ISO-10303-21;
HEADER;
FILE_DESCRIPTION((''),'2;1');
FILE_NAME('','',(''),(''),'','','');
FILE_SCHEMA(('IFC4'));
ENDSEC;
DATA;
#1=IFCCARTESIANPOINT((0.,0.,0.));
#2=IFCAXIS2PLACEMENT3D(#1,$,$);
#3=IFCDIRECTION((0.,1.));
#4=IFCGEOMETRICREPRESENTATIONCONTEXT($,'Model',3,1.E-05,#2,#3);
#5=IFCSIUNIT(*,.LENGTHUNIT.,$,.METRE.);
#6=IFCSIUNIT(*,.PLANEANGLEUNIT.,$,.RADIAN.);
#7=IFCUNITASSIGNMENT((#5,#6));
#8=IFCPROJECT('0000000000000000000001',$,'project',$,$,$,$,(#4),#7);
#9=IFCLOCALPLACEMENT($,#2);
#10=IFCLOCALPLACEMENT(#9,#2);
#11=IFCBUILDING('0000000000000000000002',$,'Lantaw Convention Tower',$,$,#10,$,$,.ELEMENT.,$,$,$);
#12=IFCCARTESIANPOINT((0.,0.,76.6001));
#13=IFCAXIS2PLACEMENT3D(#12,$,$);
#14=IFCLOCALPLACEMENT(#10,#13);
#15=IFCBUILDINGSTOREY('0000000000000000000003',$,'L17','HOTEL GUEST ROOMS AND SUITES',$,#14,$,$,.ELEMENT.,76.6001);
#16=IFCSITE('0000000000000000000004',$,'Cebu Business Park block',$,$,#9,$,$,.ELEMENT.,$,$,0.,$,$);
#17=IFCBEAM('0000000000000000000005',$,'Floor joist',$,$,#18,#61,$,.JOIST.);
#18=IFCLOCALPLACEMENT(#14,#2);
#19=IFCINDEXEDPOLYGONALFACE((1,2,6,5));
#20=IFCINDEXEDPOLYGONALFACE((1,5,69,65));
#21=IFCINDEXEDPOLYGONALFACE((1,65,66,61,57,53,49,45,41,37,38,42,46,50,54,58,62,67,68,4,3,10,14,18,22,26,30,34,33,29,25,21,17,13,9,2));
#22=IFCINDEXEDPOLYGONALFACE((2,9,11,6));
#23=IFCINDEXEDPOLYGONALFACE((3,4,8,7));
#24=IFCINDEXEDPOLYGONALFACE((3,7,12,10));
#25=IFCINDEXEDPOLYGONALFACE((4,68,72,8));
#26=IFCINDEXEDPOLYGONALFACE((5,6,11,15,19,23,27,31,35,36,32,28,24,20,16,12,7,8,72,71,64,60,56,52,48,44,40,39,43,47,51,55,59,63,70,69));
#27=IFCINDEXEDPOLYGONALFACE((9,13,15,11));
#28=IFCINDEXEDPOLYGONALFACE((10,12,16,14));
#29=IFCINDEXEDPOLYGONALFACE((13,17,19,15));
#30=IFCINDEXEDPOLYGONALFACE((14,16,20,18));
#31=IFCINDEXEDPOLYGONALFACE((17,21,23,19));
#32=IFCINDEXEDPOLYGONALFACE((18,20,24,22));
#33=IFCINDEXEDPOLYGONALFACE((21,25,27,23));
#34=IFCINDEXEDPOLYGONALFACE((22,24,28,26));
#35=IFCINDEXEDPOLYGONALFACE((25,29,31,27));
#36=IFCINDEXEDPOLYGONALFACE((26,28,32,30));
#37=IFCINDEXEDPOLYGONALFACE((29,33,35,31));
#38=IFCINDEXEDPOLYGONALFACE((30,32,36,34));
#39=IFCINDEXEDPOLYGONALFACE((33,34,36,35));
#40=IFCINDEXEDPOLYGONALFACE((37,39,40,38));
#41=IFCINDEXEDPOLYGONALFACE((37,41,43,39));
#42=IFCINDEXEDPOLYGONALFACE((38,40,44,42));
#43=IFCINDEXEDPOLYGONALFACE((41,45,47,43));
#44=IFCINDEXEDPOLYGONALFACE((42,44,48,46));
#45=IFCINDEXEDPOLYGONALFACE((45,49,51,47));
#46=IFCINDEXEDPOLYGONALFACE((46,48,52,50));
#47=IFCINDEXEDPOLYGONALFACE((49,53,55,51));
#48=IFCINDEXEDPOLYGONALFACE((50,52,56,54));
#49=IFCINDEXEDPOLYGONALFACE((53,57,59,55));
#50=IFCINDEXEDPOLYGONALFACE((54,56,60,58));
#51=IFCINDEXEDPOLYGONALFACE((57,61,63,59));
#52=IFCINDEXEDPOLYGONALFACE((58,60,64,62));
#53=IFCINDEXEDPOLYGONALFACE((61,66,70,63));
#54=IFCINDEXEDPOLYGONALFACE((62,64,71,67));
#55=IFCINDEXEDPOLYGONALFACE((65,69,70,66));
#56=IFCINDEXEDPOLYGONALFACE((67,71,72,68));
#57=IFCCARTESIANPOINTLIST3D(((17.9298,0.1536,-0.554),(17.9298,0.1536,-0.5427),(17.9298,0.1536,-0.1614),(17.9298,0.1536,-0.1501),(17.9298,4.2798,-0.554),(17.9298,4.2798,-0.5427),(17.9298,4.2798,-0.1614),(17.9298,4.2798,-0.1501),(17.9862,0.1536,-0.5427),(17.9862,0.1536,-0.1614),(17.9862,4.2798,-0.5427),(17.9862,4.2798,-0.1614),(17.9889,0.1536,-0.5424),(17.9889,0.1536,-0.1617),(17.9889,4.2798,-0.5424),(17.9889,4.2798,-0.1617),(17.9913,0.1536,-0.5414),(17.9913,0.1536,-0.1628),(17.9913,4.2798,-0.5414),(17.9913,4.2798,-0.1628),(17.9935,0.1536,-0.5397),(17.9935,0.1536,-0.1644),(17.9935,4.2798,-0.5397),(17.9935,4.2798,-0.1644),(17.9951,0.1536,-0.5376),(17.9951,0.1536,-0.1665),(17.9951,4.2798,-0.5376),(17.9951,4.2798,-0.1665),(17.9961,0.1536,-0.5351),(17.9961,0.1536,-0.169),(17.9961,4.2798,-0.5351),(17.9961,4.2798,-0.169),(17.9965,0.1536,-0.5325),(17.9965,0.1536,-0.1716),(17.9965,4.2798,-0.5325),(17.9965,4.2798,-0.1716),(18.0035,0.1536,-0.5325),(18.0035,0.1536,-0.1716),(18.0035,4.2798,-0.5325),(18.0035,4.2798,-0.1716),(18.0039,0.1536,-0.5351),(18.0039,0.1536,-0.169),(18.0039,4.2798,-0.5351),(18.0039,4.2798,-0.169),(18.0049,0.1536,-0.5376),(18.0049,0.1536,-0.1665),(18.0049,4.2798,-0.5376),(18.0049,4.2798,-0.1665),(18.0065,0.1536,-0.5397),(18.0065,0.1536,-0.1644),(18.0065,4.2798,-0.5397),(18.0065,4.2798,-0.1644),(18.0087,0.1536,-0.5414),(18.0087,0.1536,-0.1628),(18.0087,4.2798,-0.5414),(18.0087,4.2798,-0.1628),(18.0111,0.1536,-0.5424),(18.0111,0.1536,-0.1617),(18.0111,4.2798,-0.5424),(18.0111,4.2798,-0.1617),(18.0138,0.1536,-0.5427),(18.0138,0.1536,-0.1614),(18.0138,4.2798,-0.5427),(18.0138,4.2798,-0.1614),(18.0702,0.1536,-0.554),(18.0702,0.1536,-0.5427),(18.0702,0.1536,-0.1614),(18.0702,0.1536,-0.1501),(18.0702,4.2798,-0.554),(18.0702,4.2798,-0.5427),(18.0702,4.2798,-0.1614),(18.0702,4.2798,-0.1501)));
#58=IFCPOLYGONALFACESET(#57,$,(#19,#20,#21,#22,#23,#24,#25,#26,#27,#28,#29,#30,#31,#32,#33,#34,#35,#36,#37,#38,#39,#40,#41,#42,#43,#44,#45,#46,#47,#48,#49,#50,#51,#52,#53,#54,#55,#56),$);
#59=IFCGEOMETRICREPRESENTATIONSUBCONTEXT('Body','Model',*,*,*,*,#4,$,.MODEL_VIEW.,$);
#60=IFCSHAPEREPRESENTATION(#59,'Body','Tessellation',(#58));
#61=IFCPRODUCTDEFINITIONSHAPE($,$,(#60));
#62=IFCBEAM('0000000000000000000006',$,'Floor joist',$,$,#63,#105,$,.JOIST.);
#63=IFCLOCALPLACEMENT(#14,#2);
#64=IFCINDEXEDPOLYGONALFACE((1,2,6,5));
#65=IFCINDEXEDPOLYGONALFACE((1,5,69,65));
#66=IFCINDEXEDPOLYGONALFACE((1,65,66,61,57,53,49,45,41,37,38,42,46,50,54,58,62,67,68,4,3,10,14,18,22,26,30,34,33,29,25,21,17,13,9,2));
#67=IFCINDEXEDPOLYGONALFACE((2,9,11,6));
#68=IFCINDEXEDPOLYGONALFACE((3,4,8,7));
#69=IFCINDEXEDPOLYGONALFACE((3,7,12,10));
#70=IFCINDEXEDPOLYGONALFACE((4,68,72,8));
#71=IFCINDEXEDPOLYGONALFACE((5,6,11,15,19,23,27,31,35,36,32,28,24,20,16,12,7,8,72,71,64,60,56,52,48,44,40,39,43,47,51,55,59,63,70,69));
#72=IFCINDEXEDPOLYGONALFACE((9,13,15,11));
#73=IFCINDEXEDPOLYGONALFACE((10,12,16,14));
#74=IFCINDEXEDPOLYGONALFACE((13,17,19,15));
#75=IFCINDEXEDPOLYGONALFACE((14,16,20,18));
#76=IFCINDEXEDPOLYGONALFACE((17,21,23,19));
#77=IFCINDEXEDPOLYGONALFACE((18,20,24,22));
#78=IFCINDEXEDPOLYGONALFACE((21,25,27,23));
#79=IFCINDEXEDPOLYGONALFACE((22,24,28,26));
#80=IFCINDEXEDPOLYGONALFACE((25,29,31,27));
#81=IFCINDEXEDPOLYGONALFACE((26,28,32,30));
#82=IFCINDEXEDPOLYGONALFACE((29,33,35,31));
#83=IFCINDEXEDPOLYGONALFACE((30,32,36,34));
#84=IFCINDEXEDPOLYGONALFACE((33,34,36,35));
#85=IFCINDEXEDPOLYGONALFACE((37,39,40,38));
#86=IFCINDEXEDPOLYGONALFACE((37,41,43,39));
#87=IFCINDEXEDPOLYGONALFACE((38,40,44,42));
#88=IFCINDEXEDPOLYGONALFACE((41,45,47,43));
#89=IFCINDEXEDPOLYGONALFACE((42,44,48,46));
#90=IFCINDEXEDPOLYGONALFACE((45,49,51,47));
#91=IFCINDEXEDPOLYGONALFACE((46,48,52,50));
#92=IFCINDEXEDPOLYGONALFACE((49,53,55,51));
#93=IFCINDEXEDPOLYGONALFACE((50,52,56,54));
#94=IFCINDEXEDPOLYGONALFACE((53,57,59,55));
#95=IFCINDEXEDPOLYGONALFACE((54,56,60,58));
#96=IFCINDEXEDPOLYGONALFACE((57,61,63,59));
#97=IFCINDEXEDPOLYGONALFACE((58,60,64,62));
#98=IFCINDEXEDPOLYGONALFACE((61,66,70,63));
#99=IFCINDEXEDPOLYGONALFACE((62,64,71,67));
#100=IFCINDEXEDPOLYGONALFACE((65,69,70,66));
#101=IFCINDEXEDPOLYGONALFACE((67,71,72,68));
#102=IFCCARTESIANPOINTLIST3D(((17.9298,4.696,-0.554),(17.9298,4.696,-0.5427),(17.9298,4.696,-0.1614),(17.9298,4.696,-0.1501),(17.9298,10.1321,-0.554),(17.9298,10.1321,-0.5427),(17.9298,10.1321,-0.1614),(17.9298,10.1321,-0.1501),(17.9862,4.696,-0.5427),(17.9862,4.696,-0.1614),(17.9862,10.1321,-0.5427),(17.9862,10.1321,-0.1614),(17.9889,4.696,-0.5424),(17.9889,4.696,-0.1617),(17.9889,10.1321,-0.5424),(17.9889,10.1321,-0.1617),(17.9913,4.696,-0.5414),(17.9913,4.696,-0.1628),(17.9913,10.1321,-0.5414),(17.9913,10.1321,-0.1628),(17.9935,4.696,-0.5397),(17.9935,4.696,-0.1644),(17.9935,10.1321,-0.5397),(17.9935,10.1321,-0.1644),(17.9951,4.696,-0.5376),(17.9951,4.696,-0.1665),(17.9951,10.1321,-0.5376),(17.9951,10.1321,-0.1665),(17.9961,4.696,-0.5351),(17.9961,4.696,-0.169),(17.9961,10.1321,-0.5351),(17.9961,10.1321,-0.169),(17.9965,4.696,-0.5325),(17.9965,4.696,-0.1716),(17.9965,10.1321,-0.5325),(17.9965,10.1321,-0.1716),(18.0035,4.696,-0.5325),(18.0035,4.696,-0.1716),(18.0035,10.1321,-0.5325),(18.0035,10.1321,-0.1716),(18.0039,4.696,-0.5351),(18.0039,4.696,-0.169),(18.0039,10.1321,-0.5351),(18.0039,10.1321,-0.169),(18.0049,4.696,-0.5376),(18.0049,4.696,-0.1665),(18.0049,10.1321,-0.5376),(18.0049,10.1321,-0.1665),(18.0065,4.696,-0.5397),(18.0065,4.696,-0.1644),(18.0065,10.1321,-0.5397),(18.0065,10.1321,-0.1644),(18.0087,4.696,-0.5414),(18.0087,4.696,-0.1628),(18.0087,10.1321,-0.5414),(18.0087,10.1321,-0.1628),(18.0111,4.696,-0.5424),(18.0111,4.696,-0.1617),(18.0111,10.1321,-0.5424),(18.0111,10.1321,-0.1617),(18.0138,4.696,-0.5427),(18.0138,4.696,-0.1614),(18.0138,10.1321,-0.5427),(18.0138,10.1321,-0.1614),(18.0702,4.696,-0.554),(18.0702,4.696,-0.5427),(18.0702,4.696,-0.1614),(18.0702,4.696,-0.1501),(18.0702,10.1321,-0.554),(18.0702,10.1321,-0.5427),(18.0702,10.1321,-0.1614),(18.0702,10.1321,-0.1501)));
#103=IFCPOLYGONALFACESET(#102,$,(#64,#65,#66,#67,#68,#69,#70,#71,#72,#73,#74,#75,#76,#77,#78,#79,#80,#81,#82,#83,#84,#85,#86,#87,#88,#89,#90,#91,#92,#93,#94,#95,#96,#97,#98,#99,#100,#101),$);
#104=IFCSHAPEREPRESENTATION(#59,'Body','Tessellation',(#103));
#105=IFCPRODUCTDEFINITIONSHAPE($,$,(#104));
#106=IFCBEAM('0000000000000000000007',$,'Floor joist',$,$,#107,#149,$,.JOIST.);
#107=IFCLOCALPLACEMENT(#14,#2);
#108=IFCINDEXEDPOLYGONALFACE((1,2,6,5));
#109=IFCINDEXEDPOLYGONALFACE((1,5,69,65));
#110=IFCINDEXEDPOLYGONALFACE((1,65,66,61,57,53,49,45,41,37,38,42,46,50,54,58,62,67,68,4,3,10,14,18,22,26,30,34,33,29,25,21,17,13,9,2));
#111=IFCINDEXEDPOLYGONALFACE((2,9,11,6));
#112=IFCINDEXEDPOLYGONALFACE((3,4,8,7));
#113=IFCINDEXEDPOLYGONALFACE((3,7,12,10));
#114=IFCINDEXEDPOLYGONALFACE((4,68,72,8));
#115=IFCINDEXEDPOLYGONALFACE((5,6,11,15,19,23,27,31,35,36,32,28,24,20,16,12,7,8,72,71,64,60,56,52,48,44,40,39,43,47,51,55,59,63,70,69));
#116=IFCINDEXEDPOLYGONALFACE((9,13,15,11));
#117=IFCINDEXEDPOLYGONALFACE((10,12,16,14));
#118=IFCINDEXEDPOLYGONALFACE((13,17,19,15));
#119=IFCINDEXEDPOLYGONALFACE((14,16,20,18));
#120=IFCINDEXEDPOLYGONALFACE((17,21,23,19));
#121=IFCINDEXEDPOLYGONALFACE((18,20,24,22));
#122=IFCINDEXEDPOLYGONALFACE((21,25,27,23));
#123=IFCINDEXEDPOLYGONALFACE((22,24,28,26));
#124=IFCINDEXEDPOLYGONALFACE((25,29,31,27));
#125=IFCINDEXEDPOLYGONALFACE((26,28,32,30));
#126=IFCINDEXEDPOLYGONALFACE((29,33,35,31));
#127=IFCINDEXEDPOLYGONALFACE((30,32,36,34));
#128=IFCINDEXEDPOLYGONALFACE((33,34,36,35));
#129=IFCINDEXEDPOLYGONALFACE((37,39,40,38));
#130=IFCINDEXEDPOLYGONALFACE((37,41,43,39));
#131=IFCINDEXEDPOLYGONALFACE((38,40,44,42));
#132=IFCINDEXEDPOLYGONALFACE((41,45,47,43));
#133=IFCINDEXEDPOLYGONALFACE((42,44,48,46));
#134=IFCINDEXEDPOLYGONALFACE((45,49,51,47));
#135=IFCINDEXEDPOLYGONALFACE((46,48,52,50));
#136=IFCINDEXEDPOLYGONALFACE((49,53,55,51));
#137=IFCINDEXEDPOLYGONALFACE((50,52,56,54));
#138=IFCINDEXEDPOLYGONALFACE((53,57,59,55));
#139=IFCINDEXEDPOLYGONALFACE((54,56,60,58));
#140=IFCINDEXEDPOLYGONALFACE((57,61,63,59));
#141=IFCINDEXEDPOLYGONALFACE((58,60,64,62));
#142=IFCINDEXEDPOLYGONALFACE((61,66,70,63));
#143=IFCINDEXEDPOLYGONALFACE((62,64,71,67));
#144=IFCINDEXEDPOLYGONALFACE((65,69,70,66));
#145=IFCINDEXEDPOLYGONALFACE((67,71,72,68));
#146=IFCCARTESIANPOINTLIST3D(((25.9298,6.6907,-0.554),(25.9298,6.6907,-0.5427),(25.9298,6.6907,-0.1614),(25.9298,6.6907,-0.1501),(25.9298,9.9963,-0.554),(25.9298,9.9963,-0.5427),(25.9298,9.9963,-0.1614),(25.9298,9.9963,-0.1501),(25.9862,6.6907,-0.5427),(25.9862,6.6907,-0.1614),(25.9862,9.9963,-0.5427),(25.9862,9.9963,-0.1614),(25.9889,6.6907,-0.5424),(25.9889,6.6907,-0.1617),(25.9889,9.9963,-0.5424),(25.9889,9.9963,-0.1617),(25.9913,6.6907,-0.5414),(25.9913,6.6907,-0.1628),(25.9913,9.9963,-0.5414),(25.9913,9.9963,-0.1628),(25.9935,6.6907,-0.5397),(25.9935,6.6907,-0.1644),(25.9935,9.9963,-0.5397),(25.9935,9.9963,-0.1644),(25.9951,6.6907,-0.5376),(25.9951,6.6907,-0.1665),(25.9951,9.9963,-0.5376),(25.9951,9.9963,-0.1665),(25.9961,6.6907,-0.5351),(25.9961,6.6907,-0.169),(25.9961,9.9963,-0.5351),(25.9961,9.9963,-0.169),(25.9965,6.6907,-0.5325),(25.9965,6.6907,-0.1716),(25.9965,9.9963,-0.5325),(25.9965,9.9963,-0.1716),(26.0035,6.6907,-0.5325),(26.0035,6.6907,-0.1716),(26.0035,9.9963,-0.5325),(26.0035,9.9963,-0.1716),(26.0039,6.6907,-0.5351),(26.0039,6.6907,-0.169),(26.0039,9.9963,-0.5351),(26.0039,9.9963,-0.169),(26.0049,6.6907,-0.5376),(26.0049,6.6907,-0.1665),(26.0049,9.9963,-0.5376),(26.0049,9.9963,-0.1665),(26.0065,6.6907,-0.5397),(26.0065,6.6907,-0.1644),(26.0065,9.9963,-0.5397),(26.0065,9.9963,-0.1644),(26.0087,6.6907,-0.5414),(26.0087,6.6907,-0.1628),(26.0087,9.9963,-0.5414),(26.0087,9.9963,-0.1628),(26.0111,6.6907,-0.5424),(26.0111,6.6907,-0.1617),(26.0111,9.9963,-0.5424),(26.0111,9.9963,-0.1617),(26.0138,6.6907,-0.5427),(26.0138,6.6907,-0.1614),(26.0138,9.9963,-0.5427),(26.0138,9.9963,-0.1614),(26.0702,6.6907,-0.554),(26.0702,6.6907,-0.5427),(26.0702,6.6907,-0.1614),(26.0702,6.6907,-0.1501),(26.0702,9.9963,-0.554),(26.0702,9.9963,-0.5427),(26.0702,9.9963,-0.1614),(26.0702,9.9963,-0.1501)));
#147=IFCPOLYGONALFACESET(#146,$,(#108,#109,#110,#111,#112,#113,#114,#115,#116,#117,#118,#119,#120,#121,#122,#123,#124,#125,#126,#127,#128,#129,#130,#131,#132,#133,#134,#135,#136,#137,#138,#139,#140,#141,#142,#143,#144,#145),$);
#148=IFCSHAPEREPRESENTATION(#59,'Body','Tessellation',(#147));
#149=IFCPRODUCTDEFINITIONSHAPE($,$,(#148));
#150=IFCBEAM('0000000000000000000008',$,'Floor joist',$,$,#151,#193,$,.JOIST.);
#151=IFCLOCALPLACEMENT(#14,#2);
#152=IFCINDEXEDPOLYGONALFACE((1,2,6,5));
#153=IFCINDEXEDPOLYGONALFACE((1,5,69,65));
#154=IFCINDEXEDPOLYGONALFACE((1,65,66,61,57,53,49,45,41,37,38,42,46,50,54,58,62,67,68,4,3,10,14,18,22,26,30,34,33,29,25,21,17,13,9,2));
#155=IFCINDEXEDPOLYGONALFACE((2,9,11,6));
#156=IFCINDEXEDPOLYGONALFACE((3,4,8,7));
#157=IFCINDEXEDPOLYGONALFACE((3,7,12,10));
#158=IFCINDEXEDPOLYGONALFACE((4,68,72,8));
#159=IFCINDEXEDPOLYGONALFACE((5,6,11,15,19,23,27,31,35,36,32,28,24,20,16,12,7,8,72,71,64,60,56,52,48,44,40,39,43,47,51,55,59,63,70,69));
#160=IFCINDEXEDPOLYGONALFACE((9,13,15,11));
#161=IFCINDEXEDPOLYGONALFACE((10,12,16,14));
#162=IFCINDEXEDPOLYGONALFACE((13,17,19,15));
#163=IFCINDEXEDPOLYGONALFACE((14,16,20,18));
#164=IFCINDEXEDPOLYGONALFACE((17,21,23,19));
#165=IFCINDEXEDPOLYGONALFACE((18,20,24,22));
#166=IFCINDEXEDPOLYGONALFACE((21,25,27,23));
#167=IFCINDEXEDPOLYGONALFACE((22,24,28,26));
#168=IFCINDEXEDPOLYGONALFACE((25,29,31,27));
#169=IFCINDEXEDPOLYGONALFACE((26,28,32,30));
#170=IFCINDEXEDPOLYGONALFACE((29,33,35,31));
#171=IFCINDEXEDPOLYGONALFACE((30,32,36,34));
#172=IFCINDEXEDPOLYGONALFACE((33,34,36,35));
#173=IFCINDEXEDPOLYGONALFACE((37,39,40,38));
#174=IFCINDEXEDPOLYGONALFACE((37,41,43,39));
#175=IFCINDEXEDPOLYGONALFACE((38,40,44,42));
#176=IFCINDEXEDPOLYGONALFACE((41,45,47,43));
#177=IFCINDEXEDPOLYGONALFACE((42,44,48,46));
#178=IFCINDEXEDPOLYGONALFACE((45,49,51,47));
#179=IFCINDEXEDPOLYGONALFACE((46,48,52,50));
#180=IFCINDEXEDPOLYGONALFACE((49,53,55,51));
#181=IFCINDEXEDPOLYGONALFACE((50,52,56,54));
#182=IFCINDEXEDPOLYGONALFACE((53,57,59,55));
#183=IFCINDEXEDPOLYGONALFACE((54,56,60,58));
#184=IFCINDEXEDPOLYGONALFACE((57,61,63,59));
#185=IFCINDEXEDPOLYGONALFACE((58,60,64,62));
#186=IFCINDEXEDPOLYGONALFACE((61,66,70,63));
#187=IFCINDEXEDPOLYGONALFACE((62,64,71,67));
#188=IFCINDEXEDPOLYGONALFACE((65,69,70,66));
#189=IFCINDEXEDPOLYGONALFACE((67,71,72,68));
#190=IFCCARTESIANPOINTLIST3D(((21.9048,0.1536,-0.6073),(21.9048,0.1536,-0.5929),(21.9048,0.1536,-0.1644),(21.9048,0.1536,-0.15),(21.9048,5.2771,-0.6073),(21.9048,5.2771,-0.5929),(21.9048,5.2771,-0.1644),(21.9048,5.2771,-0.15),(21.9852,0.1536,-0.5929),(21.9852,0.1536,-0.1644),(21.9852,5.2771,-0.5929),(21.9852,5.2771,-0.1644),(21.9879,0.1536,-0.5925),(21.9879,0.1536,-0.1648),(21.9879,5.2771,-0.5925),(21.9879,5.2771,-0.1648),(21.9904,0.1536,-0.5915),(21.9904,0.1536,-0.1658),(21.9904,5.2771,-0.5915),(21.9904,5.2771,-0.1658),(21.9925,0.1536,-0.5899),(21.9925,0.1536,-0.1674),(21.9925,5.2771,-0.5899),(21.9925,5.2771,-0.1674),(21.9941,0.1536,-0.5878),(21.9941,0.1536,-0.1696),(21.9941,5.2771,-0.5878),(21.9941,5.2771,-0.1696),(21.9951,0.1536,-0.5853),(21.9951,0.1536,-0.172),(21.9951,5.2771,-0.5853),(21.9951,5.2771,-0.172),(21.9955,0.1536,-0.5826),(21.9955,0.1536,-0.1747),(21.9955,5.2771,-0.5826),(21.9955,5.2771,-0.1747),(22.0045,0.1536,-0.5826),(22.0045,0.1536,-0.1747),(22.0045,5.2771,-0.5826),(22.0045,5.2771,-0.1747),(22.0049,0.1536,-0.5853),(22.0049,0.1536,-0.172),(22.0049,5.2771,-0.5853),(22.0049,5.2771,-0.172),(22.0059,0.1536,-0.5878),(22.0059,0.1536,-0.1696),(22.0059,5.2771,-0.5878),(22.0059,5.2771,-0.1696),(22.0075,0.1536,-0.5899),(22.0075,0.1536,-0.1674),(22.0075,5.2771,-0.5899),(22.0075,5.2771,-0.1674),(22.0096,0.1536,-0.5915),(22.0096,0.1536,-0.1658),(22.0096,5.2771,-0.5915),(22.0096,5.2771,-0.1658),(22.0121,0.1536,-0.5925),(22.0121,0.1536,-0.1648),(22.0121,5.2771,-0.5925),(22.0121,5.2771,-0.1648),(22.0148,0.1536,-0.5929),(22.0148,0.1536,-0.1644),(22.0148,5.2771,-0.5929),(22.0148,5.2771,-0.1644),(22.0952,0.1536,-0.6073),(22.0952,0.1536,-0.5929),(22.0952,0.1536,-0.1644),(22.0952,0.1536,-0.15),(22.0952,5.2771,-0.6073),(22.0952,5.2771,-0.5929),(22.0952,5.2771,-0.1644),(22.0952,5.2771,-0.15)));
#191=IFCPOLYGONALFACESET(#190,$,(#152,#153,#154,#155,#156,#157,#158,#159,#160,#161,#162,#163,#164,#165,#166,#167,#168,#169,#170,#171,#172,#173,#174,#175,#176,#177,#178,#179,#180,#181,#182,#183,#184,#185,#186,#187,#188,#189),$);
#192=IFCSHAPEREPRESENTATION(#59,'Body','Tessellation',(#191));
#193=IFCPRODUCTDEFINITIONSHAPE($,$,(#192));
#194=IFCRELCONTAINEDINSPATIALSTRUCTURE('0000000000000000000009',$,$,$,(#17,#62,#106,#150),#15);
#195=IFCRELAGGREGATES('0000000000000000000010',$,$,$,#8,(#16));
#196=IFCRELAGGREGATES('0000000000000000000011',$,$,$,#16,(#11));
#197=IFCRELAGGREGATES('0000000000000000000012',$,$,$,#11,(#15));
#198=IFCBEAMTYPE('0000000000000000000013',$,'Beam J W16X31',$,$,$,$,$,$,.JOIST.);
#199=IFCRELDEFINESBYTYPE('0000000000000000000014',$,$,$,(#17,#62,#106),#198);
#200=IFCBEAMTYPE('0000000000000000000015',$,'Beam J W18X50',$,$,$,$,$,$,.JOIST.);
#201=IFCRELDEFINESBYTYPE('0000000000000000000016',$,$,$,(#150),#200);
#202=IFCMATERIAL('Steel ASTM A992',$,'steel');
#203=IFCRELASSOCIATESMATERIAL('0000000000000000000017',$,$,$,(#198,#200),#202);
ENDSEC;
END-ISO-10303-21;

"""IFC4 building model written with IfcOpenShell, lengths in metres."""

from ifc_helpers import new_model, si_unit, direction, frame, origin, origin_2d, place, context, subcontext, project, spatial, i_section, extrude, material, material_profile, profile_set, type_object, element, save


model = new_model("IFC4")

# Units and contexts
model_context = context("Model", 3, precision=1e-05, world=origin(), true_north=direction((0.0, 1.0)))
body_context = subcontext(model_context, "Body", "Model", "MODEL_VIEW")
ifc_project = project(units=[si_unit("LENGTHUNIT", "METRE"), si_unit("PLANEANGLEUNIT", "RADIAN")], contexts=[model_context])

# Site, building, storey
site_placement = place(None, origin())
site = spatial("IfcSite", under=ifc_project, at=site_placement, Name="Cebu Business Park block", CompositionType="ELEMENT", RefElevation=0.0)
building_placement = place(site_placement, origin())
building = spatial("IfcBuilding", under=site, at=building_placement, Name="Lantaw Convention Tower", CompositionType="ELEMENT")
storey_placement = place(building_placement, frame((0.0, 0.0, 76.6001)))
storey = spatial("IfcBuildingStorey", under=building, at=storey_placement, Name="L17", Description="HOTEL GUEST ROOMS AND SUITES", CompositionType="ELEMENT", Elevation=76.6001)

# Beams
ifc_material_1 = material(Name="Steel ASTM A992", Category="steel")
ifc_material_profile_1 = material_profile(ifc_material_1, i_section(OverallWidth=0.1404, OverallDepth=0.4038, WebThickness=0.0071, FlangeThickness=0.0112, FilletRadius=0.0103, at=origin_2d()), Name="W16X31")
ifc_profile_set_1 = profile_set([ifc_material_profile_1], Name="Steel ASTM A992")
beam_type_1 = type_object("IfcBeamType", Name="Beam J W16X31", PredefinedType="JOIST", material=ifc_profile_set_1)
beam_1_placement = place(storey_placement, frame((18.0, 0.1536, -0.3521), z_axis=(0.0, 1.0, 0.0), x_axis=(-1.0, 0.0, 0.0)))
element("IfcBeam", 1, at=beam_1_placement, inside=storey, type_object=beam_type_1, Name="Floor joist", PredefinedType="JOIST", context=body_context, shape_type="SweptSolid", body=[
    extrude(i_section(OverallWidth=0.1404, OverallDepth=0.4038, WebThickness=0.0071, FlangeThickness=0.0112, FilletRadius=0.0103, at=origin_2d()), origin(), (0.0, 0.0, 1.0), 4.1262),
])
beam_2_placement = place(storey_placement, frame((18.0, 4.696, -0.3521), z_axis=(0.0, 1.0, 0.0), x_axis=(-1.0, 0.0, 0.0)))
element("IfcBeam", 2, at=beam_2_placement, inside=storey, type_object=beam_type_1, Name="Floor joist", PredefinedType="JOIST", context=body_context, shape_type="SweptSolid", body=[
    extrude(i_section(OverallWidth=0.1404, OverallDepth=0.4038, WebThickness=0.0071, FlangeThickness=0.0112, FilletRadius=0.0103, at=origin_2d()), origin(), (0.0, 0.0, 1.0), 5.436),
])
beam_3_placement = place(storey_placement, frame((26.0, 6.6907, -0.3521), z_axis=(0.0, 1.0, 0.0), x_axis=(-1.0, 0.0, 0.0)))
element("IfcBeam", 3, at=beam_3_placement, inside=storey, type_object=beam_type_1, Name="Floor joist", PredefinedType="JOIST", context=body_context, shape_type="SweptSolid", body=[
    extrude(i_section(OverallWidth=0.1404, OverallDepth=0.4038, WebThickness=0.0071, FlangeThickness=0.0112, FilletRadius=0.0103, at=origin_2d()), origin(), (0.0, 0.0, 1.0), 3.3057),
])
ifc_material_profile_2 = material_profile(ifc_material_1, i_section(OverallWidth=0.1904, OverallDepth=0.4573, WebThickness=0.009, FlangeThickness=0.0144, FilletRadius=0.0103, at=origin_2d()), Name="W18X50")
ifc_profile_set_2 = profile_set([ifc_material_profile_2], Name="Steel ASTM A992")
beam_type_2 = type_object("IfcBeamType", Name="Beam J W18X50", PredefinedType="JOIST", material=ifc_profile_set_2)
beam_4_placement = place(storey_placement, frame((22.0, 0.1536, -0.3787), z_axis=(0.0, 1.0, 0.0), x_axis=(-1.0, 0.0, 0.0)))
element("IfcBeam", 4, at=beam_4_placement, inside=storey, type_object=beam_type_2, Name="Floor joist", PredefinedType="JOIST", context=body_context, shape_type="SweptSolid", body=[
    extrude(i_section(OverallWidth=0.1904, OverallDepth=0.4573, WebThickness=0.009, FlangeThickness=0.0144, FilletRadius=0.0103, at=origin_2d()), origin(), (0.0, 0.0, 1.0), 5.1235),
])

save(model, "model.ifc")
